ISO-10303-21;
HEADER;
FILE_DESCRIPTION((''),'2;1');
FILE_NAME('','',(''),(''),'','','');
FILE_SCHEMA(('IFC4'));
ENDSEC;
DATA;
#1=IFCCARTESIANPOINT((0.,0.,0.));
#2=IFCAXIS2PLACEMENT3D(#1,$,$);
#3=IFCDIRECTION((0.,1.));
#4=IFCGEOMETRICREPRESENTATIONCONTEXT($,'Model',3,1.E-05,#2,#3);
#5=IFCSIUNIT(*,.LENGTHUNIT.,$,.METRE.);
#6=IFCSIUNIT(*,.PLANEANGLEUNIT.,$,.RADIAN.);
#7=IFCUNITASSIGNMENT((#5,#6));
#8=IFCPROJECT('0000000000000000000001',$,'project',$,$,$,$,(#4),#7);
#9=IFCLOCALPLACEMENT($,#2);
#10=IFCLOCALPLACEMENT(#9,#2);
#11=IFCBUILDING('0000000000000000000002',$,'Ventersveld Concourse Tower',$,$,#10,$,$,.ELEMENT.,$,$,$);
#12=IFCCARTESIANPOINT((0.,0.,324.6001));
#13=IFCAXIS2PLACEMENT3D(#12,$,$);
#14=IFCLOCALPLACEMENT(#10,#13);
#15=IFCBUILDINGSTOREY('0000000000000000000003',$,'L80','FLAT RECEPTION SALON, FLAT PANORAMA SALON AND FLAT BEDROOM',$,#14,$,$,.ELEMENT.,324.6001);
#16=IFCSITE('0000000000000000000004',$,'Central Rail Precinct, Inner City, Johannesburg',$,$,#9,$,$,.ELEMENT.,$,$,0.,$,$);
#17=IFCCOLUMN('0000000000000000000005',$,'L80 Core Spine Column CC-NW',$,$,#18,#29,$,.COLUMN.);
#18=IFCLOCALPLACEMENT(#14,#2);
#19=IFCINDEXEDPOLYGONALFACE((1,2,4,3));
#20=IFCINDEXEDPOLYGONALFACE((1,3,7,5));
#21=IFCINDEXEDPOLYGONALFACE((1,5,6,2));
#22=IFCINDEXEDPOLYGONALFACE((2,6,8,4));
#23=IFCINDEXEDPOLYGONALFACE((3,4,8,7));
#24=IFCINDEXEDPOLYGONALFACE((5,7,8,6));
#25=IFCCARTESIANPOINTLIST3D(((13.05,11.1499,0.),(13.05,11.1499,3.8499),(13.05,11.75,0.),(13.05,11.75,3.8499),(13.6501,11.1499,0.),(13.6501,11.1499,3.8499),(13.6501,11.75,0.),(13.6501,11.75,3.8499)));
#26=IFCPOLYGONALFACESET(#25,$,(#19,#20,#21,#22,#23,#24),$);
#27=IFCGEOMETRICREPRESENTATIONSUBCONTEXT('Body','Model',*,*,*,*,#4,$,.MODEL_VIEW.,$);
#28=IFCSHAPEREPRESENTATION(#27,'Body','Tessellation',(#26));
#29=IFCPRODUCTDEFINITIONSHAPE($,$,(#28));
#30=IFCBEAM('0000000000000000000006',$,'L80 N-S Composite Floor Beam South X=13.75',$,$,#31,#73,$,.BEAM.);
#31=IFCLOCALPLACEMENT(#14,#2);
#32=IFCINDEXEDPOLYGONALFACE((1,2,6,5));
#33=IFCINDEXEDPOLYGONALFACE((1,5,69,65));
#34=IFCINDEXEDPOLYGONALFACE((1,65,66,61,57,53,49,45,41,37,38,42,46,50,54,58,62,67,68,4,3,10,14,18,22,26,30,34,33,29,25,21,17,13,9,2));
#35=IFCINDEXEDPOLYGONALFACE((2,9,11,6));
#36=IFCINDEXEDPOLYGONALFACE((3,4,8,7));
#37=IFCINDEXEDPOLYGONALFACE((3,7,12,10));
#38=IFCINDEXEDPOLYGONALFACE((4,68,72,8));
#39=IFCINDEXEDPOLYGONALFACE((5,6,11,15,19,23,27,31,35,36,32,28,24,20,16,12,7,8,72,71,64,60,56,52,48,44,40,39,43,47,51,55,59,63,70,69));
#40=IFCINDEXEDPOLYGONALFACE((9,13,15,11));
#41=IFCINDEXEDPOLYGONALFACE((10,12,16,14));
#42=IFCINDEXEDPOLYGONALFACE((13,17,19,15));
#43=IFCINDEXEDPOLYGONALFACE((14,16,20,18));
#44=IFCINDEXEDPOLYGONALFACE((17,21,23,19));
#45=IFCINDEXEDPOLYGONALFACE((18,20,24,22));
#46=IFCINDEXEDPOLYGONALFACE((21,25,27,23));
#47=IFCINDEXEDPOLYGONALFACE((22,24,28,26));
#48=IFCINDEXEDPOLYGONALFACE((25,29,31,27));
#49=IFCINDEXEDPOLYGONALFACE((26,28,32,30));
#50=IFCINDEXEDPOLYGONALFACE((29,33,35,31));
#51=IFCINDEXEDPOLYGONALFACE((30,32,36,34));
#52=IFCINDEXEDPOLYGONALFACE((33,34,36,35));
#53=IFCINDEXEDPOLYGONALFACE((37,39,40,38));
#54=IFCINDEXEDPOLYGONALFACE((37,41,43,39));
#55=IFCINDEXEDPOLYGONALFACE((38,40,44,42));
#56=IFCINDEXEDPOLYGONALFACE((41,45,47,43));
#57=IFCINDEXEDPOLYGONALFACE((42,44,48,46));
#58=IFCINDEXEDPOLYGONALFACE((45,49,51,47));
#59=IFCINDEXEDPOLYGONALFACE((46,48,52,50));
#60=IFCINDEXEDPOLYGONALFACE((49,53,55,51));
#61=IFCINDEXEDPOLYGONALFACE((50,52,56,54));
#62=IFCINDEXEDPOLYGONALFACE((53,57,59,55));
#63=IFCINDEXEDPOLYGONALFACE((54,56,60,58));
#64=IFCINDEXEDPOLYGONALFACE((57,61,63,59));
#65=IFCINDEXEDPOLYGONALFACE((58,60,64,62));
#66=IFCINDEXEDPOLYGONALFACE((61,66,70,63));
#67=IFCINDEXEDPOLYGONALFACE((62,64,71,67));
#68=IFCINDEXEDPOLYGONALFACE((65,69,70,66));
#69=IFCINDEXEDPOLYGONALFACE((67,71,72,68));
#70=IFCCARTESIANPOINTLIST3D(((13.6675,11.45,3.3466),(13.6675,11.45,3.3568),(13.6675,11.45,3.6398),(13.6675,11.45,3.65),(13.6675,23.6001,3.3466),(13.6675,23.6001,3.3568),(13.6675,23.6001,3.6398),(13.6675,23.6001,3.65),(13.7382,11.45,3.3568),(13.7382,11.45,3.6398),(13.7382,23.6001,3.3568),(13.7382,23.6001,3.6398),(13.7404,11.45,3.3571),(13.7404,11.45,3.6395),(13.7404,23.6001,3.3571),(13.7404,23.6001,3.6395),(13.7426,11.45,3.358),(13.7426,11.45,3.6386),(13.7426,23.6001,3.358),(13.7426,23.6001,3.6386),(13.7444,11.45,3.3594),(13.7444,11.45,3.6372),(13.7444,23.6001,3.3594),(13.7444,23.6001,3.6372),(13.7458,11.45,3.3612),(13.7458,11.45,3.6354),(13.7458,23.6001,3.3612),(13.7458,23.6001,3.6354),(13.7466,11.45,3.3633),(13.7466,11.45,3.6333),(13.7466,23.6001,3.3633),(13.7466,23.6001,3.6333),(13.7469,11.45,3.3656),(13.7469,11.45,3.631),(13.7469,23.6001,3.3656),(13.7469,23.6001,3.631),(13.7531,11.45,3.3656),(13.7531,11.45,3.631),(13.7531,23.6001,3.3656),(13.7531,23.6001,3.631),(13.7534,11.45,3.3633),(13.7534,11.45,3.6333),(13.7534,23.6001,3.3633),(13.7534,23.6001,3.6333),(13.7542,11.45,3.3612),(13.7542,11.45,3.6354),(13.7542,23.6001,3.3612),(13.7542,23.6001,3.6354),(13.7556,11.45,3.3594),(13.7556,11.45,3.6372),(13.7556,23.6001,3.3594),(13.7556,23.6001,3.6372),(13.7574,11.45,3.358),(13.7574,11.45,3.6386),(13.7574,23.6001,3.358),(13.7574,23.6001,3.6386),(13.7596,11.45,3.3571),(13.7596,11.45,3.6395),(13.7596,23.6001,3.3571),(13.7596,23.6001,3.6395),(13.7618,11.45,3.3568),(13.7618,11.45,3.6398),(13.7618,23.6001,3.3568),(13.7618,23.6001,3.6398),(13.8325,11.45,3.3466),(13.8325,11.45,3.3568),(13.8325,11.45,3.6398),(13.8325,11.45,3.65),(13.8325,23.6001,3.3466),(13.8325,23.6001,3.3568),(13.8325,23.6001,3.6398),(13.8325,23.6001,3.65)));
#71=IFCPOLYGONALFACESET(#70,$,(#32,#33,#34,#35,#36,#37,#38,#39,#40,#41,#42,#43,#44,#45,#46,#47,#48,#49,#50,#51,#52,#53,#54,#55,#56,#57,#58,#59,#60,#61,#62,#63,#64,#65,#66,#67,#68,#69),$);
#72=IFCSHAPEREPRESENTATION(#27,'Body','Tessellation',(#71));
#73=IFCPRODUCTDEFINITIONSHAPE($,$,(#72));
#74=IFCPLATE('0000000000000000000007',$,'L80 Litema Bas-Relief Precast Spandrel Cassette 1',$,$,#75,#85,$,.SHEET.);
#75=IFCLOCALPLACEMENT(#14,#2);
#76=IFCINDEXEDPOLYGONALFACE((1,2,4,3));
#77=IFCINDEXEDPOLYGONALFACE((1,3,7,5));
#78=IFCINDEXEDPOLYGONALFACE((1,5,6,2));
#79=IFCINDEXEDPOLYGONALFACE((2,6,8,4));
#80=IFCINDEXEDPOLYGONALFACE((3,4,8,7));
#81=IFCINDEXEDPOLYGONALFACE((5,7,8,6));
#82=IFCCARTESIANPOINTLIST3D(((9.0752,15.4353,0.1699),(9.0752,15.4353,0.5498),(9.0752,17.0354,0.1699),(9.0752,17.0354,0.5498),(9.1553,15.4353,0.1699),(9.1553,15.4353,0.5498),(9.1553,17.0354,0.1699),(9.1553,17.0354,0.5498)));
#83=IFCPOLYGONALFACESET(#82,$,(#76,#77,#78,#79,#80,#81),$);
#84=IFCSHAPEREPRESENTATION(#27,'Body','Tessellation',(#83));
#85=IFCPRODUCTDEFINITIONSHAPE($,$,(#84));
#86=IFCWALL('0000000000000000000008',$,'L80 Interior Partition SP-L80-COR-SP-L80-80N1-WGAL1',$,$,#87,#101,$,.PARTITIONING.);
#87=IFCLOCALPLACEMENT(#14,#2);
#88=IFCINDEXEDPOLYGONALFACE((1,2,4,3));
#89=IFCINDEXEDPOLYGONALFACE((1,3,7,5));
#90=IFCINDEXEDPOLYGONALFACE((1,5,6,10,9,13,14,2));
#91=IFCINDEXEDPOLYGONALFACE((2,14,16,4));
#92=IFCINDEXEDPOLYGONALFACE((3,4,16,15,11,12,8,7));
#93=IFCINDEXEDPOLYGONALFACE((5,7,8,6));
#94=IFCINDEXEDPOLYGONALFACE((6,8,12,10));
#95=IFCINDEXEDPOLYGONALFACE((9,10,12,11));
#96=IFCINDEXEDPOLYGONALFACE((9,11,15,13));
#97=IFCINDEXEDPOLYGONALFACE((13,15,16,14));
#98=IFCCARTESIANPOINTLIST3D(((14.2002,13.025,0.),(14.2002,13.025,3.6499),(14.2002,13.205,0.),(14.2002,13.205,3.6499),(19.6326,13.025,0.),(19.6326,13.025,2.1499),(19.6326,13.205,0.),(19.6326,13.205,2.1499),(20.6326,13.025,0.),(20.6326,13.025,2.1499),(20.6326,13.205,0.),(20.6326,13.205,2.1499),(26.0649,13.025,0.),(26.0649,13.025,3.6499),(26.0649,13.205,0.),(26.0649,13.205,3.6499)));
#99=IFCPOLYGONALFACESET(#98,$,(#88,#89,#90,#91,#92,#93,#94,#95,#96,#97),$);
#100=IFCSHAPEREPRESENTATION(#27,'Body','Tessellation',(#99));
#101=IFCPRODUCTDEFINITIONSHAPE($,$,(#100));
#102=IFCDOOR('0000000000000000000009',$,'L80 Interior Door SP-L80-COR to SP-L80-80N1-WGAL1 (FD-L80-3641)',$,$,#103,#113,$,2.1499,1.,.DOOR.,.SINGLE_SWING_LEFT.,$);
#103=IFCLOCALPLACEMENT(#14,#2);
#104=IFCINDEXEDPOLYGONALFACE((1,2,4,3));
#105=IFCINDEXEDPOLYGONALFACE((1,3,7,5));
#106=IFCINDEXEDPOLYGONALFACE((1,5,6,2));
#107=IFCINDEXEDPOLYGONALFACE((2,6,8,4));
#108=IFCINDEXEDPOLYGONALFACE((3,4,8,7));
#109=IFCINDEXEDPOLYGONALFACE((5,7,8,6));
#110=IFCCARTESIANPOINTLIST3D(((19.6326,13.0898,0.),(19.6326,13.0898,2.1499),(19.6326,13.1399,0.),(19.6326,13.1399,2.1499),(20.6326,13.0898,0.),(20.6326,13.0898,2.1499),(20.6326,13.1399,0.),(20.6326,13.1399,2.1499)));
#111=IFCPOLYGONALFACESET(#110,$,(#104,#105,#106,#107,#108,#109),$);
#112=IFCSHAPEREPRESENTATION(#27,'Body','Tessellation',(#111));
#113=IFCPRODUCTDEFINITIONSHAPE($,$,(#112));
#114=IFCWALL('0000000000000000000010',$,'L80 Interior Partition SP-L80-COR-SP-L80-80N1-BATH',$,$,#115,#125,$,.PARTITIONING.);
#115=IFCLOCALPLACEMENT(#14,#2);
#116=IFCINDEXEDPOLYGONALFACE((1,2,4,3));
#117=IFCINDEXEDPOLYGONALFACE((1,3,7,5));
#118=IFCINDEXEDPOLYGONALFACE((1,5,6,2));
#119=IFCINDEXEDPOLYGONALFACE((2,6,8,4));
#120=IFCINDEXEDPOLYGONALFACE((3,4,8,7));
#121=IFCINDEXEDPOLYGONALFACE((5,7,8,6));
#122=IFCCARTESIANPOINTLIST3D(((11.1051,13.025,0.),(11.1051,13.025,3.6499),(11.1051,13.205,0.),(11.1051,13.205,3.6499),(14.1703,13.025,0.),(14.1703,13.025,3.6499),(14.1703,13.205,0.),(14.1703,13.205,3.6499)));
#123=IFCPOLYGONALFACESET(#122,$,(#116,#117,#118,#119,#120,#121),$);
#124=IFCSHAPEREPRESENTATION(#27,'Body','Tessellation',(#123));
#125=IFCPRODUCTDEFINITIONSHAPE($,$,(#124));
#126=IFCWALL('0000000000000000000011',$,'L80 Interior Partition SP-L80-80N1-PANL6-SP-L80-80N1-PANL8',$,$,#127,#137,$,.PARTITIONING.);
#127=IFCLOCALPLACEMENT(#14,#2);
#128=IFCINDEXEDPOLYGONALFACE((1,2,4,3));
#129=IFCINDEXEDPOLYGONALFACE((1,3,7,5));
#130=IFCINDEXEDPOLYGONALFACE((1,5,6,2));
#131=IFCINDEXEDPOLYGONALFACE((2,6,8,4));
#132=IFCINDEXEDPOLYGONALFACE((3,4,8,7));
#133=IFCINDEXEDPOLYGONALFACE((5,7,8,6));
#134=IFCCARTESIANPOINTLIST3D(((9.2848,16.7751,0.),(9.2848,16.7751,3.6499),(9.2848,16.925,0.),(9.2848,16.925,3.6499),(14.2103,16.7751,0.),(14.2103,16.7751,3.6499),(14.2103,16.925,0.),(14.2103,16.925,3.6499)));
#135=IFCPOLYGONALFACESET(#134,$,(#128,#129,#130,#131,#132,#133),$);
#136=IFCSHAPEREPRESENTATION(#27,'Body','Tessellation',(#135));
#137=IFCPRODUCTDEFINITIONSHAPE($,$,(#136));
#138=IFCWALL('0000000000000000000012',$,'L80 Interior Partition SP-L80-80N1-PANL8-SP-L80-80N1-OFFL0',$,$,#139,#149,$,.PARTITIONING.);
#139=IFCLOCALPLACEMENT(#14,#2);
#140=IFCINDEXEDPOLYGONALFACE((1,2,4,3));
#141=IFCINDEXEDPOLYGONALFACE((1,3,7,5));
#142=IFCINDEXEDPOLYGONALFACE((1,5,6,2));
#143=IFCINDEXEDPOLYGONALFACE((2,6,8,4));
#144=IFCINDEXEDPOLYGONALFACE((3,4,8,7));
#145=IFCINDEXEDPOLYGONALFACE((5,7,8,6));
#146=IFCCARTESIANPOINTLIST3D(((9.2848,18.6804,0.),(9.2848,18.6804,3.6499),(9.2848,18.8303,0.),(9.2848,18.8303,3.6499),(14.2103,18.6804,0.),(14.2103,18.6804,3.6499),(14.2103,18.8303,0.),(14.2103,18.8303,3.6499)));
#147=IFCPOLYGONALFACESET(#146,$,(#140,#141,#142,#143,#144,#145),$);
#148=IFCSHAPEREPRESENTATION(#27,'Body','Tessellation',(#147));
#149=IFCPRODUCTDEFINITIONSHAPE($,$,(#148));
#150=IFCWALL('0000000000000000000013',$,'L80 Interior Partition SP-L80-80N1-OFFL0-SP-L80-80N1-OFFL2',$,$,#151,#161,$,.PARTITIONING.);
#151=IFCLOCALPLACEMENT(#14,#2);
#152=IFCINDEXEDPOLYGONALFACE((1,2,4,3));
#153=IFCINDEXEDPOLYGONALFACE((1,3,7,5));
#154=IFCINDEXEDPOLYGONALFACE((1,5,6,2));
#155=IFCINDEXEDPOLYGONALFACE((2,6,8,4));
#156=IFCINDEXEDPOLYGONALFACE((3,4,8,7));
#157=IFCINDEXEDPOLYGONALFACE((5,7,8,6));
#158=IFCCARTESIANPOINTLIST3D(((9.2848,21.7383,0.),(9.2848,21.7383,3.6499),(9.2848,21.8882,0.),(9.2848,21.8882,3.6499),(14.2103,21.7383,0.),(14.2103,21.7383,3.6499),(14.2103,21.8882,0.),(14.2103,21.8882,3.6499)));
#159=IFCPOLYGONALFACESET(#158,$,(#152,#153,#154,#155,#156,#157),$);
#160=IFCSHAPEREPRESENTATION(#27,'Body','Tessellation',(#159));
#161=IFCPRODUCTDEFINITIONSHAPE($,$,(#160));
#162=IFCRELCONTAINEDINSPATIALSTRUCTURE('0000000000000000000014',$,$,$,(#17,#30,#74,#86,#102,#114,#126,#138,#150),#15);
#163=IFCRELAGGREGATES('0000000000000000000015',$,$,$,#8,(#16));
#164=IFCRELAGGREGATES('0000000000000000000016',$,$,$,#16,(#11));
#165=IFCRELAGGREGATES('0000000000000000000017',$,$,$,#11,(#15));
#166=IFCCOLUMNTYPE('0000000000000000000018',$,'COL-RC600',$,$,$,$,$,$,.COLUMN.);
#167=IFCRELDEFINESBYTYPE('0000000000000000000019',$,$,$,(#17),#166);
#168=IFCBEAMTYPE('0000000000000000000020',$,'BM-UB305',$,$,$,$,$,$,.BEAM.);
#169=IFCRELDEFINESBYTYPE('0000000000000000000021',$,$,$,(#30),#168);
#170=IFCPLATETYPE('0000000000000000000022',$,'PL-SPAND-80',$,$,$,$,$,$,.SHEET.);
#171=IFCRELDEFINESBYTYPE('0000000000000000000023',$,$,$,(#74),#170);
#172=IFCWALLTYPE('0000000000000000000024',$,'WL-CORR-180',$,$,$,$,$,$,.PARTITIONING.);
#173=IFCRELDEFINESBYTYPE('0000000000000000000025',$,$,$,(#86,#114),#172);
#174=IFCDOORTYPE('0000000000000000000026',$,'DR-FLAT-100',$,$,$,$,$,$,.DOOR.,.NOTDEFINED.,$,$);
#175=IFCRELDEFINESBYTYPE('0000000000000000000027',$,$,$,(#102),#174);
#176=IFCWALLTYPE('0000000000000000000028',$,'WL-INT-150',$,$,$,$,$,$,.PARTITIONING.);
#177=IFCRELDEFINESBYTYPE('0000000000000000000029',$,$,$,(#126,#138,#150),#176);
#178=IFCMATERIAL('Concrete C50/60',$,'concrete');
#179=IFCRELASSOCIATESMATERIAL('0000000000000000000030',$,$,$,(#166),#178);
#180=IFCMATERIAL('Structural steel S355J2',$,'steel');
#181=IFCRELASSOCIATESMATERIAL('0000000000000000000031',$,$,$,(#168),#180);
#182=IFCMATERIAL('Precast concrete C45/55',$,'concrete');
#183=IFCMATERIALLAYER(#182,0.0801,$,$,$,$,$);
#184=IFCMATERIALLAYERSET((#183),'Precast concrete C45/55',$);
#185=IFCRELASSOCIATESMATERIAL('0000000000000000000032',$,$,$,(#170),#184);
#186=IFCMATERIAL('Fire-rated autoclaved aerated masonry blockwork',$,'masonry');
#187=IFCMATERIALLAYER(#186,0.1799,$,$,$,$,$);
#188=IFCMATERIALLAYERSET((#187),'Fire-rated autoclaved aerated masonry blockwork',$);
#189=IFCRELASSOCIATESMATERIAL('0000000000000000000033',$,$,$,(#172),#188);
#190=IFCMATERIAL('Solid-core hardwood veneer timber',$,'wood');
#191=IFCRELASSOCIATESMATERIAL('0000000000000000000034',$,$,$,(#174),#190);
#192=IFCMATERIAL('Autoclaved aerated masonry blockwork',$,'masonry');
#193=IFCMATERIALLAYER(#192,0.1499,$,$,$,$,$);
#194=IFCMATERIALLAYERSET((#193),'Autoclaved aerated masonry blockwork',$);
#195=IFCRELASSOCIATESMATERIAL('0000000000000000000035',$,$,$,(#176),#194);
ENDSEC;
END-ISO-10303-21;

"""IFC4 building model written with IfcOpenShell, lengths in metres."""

from ifc_helpers import new_model, si_unit, direction, frame, frame_2d, origin, origin_2d, place, context, subcontext, project, spatial, rectangle, i_section, extrude, material, layer, layer_set, material_profile, profile_set, type_object, element, fill, save


model = new_model("IFC4")

# Units and contexts
model_context = context("Model", 3, precision=1e-05, world=origin(), true_north=direction((0.0, 1.0)))
body_context = subcontext(model_context, "Body", "Model", "MODEL_VIEW")
ifc_project = project(units=[si_unit("LENGTHUNIT", "METRE"), si_unit("PLANEANGLEUNIT", "RADIAN")], contexts=[model_context])

# Site, building, storey
site_placement = place(None, origin())
site = spatial("IfcSite", under=ifc_project, at=site_placement, Name="Central Rail Precinct, Inner City, Johannesburg", CompositionType="ELEMENT", RefElevation=0.0)
building_placement = place(site_placement, origin())
building = spatial("IfcBuilding", under=site, at=building_placement, Name="Ventersveld Concourse Tower", CompositionType="ELEMENT")
storey_placement = place(building_placement, frame((0.0, 0.0, 324.6001)))
storey = spatial("IfcBuildingStorey", under=building, at=storey_placement, Name="L80", Description="FLAT RECEPTION SALON, FLAT PANORAMA SALON AND FLAT BEDROOM", CompositionType="ELEMENT", Elevation=324.6001)

# Column
ifc_material_1 = material(Name="Concrete C50/60", Category="concrete")
ifc_material_profile_1 = material_profile(ifc_material_1, rectangle(XDim=0.6001, YDim=0.6001, at=origin_2d()), Name="RC 600x600")
ifc_profile_set_1 = profile_set([ifc_material_profile_1], Name="Concrete C50/60")
column_type = type_object("IfcColumnType", Name="COL-RC600", PredefinedType="COLUMN", material=ifc_profile_set_1)
column_placement = place(storey_placement, frame((13.3501, 11.45, 0.0), z_axis=(0.0, 0.0, 1.0), x_axis=(1.0, 0.0, 0.0)))
element("IfcColumn", 1, at=column_placement, inside=storey, type_object=column_type, Name="L80 Core Spine Column CC-NW", PredefinedType="COLUMN", context=body_context, shape_type="SweptSolid", body=[
    extrude(rectangle(XDim=0.6001, YDim=0.6001, at=origin_2d()), origin(), (0.0, 0.0, 1.0), 3.8499),
])

# Beam
ifc_material_2 = material(Name="Structural steel S355J2", Category="steel")
ifc_material_profile_2 = material_profile(ifc_material_2, i_section(OverallWidth=0.165, OverallDepth=0.3035, WebThickness=0.0061, FlangeThickness=0.0103, FilletRadius=0.0088, at=origin_2d()), Name="UB 305x165x40")
ifc_profile_set_2 = profile_set([ifc_material_profile_2], Name="Structural steel S355J2")
beam_type = type_object("IfcBeamType", Name="BM-UB305", PredefinedType="BEAM", material=ifc_profile_set_2)
beam_placement = place(storey_placement, frame((13.75, 11.45, 3.4983), z_axis=(0.0, 1.0, 0.0), x_axis=(-1.0, 0.0, 0.0)))
element("IfcBeam", 2, at=beam_placement, inside=storey, type_object=beam_type, Name="L80 N-S Composite Floor Beam South X=13.75", PredefinedType="BEAM", context=body_context, shape_type="SweptSolid", body=[
    extrude(i_section(OverallWidth=0.165, OverallDepth=0.3035, WebThickness=0.0061, FlangeThickness=0.0103, FilletRadius=0.0088, at=origin_2d()), origin(), (0.0, 0.0, 1.0), 12.1501),
])

# Plate
ifc_material_3 = material(Name="Precast concrete C45/55", Category="concrete")
ifc_layer_1 = layer(ifc_material_3, 0.0801)
ifc_layer_set_1 = layer_set([ifc_layer_1], Name="Precast concrete C45/55")
plate_type = type_object("IfcPlateType", Name="PL-SPAND-80", PredefinedType="SHEET", material=ifc_layer_set_1)
plate_placement = place(storey_placement, frame((9.1152, 16.2354, 0.1699), z_axis=(0.0, 0.0, 1.0), x_axis=(0.0, -1.0, 0.0)))
element("IfcPlate", 3, at=plate_placement, inside=storey, type_object=plate_type, Name="L80 Litema Bas-Relief Precast Spandrel Cassette 1", PredefinedType="SHEET", context=body_context, shape_type="SweptSolid", body=[
    extrude(rectangle(XDim=1.6001, YDim=0.0801, at=origin_2d()), origin(), (0.0, 0.0, 1.0), 0.3799),
])

# Wall, opening, door
ifc_material_4 = material(Name="Fire-rated autoclaved aerated masonry blockwork", Category="masonry")
ifc_layer_2 = layer(ifc_material_4, 0.1799)
ifc_layer_set_2 = layer_set([ifc_layer_2], Name="Fire-rated autoclaved aerated masonry blockwork")
wall_type_1 = type_object("IfcWallType", Name="WL-CORR-180", PredefinedType="PARTITIONING", material=ifc_layer_set_2)
ifc_material_5 = material(Name="Solid-core hardwood veneer timber", Category="wood")
door_type_1 = type_object("IfcDoorType", Name="DR-FLAT-100", OperationType="NOTDEFINED", PredefinedType="DOOR", material=ifc_material_5)
wall_1_placement = place(storey_placement, frame((14.2002, 13.115, 0.0), z_axis=(0.0, 0.0, 1.0), x_axis=(1.0, 0.0, 0.0)))
wall_1 = element("IfcWall", 4, at=wall_1_placement, inside=storey, type_object=wall_type_1, Name="L80 Interior Partition SP-L80-COR-SP-L80-80N1-WGAL1", PredefinedType="PARTITIONING", context=body_context, shape_type="SweptSolid", body=[
    extrude(rectangle(XDim=11.8647, YDim=0.1799, at=frame_2d((5.9324, 0.0))), origin(), (0.0, 0.0, 1.0), 3.6499),
])
opening_1_placement = place(wall_1_placement, frame((5.4324, 0.0, 0.0)))
opening_1 = element("IfcOpeningElement", 5, at=opening_1_placement, cuts=wall_1, PredefinedType="OPENING", context=body_context, shape_type="SweptSolid", body=[
    extrude(rectangle(XDim=1.0, YDim=2.1499, at=frame_2d((0.5, 1.075))), frame((0.0, 0.1001, 0.0), z_axis=(0.0, -1.0, 0.0), x_axis=(1.0, 0.0, 0.0)), (0.0, 0.0, 1.0), 0.2),
])
door_1_placement = place(opening_1_placement, origin())
door_1 = element("IfcDoor", 6, at=door_1_placement, inside=storey, type_object=door_type_1, Name="L80 Interior Door SP-L80-COR to SP-L80-80N1-WGAL1 (FD-L80-3641)", OperationType="SINGLE_SWING_LEFT", OverallHeight=2.1499, OverallWidth=1.0, PredefinedType="DOOR", context=body_context, shape_type="SweptSolid", body=[
    extrude(rectangle(XDim=1.0, YDim=2.1499, at=frame_2d((0.5, 1.075))), frame((0.0, 0.0249, 0.0), z_axis=(0.0, -1.0, 0.0), x_axis=(1.0, 0.0, 0.0)), (0.0, 0.0, 1.0), 0.05),
])
fill(opening_1, door_1)

# Walls
wall_2_placement = place(storey_placement, frame((11.105, 13.115, 0.0), z_axis=(0.0, 0.0, 1.0), x_axis=(1.0, 0.0, 0.0)))
element("IfcWall", 7, at=wall_2_placement, inside=storey, type_object=wall_type_1, Name="L80 Interior Partition SP-L80-COR-SP-L80-80N1-BATH", PredefinedType="PARTITIONING", context=body_context, shape_type="SweptSolid", body=[
    extrude(rectangle(XDim=3.0652, YDim=0.1799, at=frame_2d((1.5327, 0.0))), origin(), (0.0, 0.0, 1.0), 3.6499),
])
ifc_material_6 = material(Name="Autoclaved aerated masonry blockwork", Category="masonry")
ifc_layer_3 = layer(ifc_material_6, 0.1499)
ifc_layer_set_3 = layer_set([ifc_layer_3], Name="Autoclaved aerated masonry blockwork")
wall_type_2 = type_object("IfcWallType", Name="WL-INT-150", PredefinedType="PARTITIONING", material=ifc_layer_set_3)
for number, where, z_axis, x_axis, name in (
    (8, (9.2847, 16.8501, 0.0), (0.0, 0.0, 1.0), (1.0, 0.0, 0.0), "L80 Interior Partition SP-L80-80N1-PANL6-SP-L80-80N1-PANL8"),
    (9, (9.2847, 18.7554, 0.0), (0.0, 0.0, 1.0), (1.0, 0.0, 0.0), "L80 Interior Partition SP-L80-80N1-PANL8-SP-L80-80N1-OFFL0"),
    (10, (9.2847, 21.8132, 0.0), (0.0, 0.0, 1.0), (1.0, 0.0, 0.0), "L80 Interior Partition SP-L80-80N1-OFFL0-SP-L80-80N1-OFFL2"),
):
    element("IfcWall", number, at=place(storey_placement, frame(where, z_axis=z_axis, x_axis=x_axis)), inside=storey, type_object=wall_type_2, Name=name, PredefinedType="PARTITIONING", context=body_context, shape_type="SweptSolid", body=[
        extrude(rectangle(XDim=4.9255, YDim=0.1499, at=frame_2d((2.4629, 0.0))), origin(), (0.0, 0.0, 1.0), 3.6499),
    ])

save(model, "model.ifc")
